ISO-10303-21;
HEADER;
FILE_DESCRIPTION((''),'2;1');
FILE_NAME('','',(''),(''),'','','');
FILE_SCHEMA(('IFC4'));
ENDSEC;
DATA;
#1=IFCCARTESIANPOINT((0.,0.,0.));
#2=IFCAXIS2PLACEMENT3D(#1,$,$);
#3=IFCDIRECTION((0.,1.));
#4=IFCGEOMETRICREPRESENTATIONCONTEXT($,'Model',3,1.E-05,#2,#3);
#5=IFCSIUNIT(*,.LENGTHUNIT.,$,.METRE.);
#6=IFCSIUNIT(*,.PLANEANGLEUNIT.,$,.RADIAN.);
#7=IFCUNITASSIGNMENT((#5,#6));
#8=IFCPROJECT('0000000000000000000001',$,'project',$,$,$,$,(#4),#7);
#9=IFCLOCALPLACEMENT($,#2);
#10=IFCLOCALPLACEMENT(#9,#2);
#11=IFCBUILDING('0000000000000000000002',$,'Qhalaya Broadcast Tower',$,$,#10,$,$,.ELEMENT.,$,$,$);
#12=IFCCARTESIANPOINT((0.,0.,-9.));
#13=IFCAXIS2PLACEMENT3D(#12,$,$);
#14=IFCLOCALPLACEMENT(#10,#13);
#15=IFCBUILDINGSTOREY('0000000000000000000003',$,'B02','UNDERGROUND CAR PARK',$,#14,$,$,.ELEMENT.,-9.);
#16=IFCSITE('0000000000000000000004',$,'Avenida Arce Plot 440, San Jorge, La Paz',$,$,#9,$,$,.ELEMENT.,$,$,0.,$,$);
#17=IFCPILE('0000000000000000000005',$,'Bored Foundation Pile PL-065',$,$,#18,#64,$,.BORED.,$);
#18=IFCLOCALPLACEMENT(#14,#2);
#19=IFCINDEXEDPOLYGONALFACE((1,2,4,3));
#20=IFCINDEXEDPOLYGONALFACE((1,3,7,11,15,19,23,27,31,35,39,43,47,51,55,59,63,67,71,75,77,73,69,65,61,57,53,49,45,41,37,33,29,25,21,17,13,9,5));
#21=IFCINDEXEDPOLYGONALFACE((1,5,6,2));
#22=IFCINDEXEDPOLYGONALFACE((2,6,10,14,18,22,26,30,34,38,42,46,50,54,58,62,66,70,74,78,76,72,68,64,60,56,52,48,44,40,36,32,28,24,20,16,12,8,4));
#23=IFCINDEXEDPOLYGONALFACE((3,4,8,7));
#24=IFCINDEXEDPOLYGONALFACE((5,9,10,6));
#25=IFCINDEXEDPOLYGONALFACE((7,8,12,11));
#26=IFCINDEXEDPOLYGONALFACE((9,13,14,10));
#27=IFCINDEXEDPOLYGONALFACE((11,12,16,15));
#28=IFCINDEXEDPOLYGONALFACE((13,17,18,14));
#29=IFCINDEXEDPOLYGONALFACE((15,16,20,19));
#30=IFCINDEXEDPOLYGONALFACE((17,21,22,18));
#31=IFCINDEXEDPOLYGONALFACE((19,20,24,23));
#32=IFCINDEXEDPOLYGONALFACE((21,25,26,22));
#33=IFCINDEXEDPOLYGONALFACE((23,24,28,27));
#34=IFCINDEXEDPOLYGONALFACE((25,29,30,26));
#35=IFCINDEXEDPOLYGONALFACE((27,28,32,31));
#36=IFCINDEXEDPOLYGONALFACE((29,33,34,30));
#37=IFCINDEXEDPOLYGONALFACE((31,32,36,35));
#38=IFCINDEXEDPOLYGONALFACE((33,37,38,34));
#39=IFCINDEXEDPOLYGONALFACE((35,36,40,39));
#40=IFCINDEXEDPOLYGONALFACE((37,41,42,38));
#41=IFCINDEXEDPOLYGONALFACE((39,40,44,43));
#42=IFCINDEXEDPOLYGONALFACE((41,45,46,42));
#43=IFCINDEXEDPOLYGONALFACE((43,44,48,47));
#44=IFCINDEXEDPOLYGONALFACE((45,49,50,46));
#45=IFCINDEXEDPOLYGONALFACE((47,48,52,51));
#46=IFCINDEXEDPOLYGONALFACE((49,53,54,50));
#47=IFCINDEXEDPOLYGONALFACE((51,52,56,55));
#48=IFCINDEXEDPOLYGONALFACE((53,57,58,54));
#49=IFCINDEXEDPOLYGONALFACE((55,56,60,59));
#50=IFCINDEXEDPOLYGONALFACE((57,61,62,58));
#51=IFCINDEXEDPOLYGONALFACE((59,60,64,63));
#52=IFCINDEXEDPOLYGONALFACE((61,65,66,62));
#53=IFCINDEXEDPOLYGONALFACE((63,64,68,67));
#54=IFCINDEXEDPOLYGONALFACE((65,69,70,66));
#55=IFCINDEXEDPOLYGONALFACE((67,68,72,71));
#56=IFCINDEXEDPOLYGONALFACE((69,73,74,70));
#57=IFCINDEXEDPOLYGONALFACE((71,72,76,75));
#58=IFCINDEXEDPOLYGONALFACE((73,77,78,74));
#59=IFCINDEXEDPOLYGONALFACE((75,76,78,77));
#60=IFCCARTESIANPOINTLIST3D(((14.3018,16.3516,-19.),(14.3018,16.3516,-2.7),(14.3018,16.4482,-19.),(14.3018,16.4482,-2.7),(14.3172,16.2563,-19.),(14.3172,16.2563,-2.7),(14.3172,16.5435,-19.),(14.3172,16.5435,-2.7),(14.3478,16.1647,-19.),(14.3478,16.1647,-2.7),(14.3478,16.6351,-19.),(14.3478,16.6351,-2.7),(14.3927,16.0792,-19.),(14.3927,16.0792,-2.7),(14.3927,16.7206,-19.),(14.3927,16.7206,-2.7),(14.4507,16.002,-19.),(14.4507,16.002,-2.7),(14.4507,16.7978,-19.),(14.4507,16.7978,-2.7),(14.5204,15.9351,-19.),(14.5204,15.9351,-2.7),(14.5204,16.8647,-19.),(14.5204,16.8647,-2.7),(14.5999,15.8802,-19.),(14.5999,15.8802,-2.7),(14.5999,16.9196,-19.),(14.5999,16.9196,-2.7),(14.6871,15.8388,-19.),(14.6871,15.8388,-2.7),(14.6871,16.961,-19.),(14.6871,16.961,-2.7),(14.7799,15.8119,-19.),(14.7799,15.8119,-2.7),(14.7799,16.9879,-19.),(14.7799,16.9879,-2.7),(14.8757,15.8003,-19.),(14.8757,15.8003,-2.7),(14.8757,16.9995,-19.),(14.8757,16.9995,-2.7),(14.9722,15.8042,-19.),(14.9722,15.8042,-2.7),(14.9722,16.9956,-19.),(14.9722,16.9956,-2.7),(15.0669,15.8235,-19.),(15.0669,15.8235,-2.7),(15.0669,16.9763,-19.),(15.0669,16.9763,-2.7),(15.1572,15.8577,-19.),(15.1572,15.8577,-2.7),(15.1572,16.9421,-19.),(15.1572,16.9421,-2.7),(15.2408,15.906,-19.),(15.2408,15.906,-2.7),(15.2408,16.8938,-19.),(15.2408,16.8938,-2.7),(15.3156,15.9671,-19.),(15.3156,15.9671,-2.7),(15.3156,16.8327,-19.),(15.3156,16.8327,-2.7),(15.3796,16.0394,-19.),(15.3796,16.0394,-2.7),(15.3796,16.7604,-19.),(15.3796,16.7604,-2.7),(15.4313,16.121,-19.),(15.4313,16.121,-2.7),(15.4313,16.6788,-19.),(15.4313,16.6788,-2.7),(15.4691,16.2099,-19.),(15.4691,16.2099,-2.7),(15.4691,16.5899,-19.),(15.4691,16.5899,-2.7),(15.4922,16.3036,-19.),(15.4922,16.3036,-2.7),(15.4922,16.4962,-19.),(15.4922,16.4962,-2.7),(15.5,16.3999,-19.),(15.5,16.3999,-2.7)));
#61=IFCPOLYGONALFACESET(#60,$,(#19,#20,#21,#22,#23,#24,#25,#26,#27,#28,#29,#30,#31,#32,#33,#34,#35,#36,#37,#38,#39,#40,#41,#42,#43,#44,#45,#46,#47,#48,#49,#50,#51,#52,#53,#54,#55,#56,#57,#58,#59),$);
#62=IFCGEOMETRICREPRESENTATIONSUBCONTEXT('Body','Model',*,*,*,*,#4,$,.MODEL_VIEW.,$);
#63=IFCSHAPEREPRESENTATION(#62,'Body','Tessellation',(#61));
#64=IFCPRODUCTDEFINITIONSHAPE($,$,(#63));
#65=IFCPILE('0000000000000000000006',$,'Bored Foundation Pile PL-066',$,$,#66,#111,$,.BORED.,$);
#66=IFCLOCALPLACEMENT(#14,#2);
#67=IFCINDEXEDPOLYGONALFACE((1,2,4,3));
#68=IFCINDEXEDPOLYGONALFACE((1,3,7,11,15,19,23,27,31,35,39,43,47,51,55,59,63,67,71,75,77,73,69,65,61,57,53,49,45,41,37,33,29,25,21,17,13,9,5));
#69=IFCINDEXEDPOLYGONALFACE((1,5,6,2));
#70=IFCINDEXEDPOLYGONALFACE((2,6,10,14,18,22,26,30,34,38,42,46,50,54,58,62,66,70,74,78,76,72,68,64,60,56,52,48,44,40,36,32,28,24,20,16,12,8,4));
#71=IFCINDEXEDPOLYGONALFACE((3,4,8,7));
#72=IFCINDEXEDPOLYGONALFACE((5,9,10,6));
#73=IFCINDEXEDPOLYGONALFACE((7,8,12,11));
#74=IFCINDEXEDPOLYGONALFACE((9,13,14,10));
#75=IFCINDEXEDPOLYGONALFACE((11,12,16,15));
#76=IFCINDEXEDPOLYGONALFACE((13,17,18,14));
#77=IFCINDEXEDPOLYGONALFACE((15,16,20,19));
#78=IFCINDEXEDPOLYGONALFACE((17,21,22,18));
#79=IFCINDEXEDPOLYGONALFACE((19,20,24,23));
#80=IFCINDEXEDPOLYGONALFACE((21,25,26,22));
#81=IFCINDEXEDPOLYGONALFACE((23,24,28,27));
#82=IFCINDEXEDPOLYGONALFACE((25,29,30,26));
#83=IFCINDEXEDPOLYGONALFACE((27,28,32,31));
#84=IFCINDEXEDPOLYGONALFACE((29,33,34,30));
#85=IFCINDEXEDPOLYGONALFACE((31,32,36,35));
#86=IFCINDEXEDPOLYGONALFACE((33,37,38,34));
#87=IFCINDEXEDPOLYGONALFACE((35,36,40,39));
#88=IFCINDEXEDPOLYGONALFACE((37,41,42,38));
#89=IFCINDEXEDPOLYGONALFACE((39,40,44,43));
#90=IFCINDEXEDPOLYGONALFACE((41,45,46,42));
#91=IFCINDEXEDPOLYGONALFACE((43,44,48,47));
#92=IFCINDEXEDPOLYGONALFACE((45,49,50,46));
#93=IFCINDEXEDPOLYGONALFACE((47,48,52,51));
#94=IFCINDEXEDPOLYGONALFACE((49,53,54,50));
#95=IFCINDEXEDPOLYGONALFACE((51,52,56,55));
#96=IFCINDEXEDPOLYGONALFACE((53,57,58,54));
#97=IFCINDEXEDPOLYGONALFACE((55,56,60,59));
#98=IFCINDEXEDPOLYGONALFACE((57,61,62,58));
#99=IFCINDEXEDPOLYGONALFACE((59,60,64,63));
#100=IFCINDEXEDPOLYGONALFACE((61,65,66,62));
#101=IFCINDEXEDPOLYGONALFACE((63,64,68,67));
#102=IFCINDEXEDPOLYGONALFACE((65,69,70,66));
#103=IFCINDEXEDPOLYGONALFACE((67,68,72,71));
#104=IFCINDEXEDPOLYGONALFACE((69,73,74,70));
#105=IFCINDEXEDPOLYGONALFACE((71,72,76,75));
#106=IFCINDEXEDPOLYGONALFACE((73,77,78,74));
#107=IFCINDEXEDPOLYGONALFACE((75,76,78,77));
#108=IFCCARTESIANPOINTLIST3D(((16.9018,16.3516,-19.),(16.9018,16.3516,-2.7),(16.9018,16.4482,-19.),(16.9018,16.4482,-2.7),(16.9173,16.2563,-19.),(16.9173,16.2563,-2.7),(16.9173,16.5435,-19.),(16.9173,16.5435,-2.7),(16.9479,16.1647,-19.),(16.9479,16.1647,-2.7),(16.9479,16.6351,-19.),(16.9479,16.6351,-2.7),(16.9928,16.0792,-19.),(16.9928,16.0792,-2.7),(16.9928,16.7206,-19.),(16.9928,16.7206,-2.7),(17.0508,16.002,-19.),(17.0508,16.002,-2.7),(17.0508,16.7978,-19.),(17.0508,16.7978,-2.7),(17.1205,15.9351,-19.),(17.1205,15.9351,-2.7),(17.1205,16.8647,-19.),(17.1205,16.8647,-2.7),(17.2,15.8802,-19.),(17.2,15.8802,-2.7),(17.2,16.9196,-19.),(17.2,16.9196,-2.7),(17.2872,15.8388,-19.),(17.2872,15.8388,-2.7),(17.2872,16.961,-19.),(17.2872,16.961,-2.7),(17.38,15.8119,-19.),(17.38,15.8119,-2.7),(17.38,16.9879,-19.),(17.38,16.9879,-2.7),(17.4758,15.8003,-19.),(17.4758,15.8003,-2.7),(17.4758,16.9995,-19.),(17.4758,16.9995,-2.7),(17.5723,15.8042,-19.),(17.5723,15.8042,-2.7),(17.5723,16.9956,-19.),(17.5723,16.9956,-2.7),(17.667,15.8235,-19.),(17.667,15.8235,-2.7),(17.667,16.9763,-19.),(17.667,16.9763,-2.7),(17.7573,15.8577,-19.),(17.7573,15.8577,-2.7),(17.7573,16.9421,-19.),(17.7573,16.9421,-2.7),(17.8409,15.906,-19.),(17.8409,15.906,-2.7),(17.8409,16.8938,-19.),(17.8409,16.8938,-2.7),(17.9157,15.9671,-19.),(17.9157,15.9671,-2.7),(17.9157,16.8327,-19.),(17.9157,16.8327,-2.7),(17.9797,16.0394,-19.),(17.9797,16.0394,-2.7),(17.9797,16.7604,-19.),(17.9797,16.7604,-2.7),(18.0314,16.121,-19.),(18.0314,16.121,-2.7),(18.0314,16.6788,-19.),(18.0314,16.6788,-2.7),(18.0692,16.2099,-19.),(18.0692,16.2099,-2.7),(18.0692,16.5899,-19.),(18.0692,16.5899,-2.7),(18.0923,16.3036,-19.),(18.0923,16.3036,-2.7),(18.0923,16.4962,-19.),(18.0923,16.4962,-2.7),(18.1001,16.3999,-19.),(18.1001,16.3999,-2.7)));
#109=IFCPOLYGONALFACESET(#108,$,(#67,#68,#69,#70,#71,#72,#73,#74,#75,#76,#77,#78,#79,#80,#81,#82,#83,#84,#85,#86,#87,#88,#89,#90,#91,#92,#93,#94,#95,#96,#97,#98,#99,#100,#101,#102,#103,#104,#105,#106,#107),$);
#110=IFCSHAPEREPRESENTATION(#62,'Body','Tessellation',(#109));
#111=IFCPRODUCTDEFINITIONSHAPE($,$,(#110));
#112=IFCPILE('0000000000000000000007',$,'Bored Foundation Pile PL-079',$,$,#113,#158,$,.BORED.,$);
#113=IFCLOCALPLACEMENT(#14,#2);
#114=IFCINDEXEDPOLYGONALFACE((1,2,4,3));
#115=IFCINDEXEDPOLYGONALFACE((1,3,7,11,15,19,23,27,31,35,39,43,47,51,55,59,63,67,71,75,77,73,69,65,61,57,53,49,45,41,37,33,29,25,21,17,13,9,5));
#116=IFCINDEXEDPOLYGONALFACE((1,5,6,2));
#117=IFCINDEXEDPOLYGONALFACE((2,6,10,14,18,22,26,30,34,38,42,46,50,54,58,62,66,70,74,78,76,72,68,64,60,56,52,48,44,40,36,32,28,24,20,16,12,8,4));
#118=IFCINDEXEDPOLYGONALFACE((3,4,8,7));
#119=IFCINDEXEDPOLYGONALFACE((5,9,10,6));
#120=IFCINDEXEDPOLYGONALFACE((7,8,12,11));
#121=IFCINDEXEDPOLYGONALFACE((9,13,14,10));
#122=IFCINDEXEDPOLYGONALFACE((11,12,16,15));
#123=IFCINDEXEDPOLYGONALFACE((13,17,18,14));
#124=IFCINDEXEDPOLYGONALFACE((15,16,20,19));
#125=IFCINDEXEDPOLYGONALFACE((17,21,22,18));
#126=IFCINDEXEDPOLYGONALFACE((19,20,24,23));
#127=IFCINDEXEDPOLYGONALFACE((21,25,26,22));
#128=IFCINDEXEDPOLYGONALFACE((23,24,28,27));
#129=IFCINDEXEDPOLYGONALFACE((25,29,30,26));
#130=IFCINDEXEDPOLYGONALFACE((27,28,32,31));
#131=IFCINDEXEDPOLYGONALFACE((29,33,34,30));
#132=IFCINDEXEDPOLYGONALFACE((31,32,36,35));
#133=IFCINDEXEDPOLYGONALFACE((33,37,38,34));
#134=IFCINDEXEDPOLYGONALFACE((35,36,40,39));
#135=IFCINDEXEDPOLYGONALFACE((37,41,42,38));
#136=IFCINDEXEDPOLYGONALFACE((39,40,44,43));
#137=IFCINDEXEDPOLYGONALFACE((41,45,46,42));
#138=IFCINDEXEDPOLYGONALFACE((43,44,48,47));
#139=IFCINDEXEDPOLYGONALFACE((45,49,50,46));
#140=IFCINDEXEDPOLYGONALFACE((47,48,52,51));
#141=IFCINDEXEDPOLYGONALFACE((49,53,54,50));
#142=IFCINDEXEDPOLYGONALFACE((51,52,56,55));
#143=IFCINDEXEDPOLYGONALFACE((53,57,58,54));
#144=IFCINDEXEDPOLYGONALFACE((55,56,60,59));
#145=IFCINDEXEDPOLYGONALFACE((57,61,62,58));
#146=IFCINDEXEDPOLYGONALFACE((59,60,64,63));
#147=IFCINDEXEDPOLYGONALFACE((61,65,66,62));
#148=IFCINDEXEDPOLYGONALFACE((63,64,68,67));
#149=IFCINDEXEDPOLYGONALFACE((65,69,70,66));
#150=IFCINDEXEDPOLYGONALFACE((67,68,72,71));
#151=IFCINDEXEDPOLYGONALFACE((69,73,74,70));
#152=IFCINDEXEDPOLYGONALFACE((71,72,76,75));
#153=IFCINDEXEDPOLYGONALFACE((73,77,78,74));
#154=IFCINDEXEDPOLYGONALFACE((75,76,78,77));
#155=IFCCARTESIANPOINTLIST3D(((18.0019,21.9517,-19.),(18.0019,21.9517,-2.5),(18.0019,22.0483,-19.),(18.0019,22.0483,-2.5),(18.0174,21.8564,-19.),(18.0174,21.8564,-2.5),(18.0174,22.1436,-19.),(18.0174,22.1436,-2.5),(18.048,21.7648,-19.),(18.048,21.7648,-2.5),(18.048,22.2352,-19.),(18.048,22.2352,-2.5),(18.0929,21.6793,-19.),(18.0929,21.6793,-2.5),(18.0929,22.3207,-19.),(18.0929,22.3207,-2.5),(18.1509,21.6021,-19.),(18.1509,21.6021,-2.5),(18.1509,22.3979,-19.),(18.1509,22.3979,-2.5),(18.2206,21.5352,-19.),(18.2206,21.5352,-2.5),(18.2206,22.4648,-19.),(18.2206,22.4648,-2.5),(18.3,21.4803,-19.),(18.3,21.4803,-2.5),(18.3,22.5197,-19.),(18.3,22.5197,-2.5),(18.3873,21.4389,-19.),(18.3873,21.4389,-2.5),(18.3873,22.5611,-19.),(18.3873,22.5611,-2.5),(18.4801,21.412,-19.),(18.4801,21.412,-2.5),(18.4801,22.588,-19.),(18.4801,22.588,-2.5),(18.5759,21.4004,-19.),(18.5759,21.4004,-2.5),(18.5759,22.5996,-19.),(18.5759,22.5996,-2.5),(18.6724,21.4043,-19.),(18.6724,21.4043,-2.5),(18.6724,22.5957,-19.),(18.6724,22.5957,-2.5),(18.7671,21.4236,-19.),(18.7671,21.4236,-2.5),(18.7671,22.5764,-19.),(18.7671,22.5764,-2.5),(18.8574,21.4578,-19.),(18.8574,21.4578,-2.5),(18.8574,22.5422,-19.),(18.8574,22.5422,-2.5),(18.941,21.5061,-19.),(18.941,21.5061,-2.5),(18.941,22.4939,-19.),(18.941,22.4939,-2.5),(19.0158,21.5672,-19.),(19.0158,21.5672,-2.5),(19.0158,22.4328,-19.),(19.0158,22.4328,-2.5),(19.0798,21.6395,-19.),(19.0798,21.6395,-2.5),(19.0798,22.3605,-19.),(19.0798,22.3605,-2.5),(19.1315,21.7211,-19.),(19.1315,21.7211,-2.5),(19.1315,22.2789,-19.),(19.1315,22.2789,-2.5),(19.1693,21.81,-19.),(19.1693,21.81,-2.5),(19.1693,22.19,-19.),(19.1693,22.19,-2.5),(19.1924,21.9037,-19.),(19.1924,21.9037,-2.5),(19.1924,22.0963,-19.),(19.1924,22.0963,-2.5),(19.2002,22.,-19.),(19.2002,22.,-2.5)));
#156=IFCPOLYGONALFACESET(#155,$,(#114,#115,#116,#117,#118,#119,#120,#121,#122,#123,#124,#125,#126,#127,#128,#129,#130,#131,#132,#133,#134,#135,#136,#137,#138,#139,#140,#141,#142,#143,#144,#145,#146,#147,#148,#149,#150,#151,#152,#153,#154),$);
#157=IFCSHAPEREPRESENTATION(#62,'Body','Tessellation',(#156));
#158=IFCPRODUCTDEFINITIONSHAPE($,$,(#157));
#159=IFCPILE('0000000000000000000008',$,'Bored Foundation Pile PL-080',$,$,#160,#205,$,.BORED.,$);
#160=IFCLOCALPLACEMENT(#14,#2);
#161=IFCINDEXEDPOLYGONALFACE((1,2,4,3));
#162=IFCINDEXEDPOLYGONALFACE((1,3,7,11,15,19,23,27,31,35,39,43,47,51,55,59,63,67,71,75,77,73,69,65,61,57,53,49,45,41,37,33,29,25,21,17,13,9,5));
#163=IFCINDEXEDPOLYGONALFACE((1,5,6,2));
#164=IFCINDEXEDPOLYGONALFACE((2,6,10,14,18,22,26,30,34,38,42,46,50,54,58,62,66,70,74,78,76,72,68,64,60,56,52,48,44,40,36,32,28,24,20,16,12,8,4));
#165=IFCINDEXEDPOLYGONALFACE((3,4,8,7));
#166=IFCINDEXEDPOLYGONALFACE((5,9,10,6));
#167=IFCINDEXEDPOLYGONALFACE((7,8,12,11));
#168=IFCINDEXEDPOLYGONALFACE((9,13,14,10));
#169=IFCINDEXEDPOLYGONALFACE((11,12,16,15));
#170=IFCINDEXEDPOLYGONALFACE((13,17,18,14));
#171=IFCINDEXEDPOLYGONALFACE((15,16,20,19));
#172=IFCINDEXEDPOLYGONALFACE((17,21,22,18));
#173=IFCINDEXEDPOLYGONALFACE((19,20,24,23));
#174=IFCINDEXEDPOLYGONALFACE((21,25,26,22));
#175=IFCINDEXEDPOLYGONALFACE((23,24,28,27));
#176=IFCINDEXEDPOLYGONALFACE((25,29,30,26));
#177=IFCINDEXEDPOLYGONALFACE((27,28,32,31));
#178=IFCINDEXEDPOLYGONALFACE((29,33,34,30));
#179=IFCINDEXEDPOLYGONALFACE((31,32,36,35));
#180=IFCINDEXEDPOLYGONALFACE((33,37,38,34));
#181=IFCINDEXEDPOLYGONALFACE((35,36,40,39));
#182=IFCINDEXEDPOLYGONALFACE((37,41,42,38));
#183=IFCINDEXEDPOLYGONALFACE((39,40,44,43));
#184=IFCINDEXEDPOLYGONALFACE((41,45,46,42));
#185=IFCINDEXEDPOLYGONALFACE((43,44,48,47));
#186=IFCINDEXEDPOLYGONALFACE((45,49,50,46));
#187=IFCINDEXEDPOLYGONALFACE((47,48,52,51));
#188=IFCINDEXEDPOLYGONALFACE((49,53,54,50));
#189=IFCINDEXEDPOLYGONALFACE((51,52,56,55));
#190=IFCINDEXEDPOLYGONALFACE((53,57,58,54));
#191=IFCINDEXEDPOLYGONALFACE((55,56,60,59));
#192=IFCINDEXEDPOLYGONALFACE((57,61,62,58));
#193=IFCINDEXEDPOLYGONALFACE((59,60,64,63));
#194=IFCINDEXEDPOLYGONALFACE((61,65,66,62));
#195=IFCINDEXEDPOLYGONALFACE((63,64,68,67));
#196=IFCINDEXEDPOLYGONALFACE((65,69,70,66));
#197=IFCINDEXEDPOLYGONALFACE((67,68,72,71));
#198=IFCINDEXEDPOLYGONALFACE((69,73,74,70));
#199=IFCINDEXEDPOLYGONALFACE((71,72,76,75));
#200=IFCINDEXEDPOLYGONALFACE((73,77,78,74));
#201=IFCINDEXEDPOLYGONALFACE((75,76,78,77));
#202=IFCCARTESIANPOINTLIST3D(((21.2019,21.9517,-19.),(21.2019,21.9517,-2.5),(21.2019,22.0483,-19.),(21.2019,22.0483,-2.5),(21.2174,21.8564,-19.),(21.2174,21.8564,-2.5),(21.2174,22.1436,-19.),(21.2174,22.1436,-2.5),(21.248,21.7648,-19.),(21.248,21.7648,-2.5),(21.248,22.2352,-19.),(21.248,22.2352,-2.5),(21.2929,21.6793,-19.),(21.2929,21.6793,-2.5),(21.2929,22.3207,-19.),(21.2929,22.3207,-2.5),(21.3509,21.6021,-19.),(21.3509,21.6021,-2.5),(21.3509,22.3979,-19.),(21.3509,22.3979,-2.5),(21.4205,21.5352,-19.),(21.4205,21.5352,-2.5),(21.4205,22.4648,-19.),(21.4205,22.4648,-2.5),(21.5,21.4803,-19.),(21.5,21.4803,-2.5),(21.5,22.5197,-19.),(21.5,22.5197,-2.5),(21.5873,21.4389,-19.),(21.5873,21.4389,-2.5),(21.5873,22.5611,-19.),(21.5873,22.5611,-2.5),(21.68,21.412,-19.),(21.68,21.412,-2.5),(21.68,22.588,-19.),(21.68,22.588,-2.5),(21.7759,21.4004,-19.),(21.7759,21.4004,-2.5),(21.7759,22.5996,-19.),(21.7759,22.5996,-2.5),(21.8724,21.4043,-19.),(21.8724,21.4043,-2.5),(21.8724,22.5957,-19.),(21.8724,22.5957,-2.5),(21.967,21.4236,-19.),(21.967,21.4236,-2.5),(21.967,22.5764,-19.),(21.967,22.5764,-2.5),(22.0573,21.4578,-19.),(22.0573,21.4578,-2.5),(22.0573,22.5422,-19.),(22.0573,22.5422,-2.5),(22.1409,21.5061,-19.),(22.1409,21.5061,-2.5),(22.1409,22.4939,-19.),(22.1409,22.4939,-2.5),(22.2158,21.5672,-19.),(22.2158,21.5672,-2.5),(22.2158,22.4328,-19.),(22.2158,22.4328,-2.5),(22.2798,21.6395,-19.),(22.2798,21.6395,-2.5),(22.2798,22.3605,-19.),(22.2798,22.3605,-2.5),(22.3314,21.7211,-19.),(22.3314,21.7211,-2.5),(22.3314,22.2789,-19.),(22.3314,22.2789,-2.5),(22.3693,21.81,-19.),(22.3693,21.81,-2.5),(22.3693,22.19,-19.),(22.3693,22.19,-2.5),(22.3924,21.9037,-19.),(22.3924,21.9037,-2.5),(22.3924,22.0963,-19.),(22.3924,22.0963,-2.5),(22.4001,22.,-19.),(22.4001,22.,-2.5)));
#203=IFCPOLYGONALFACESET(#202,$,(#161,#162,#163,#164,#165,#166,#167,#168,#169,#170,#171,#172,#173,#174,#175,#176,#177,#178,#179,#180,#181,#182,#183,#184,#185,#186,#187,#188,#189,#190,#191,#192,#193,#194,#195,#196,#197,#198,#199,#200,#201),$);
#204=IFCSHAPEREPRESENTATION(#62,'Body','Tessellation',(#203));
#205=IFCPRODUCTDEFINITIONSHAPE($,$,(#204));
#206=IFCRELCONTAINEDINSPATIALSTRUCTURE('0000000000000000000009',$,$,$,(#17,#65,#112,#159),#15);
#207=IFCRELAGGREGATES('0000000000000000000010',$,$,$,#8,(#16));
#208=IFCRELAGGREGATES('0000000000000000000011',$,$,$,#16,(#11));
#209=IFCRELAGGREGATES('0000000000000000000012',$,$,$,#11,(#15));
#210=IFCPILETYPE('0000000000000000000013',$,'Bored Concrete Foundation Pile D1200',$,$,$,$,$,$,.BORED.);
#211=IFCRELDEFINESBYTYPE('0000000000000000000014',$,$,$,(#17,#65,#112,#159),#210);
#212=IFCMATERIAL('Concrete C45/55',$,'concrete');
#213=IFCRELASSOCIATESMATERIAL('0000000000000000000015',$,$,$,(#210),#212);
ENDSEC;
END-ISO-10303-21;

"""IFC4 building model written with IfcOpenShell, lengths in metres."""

from ifc_helpers import new_model, si_unit, direction, frame, origin, origin_2d, place, context, subcontext, project, spatial, circle, extrude, material, material_profile, profile_set, type_object, element, save


model = new_model("IFC4")

# Units and contexts
model_context = context("Model", 3, precision=1e-05, world=origin(), true_north=direction((0.0, 1.0)))
body_context = subcontext(model_context, "Body", "Model", "MODEL_VIEW")
ifc_project = project(units=[si_unit("LENGTHUNIT", "METRE"), si_unit("PLANEANGLEUNIT", "RADIAN")], contexts=[model_context])

# Site, building, storey
site_placement = place(None, origin())
site = spatial("IfcSite", under=ifc_project, at=site_placement, Name="Avenida Arce Plot 440, San Jorge, La Paz", CompositionType="ELEMENT", RefElevation=0.0)
building_placement = place(site_placement, origin())
building = spatial("IfcBuilding", under=site, at=building_placement, Name="Qhalaya Broadcast Tower", CompositionType="ELEMENT")
storey_placement = place(building_placement, frame((0.0, 0.0, -9.0)))
storey = spatial("IfcBuildingStorey", under=building, at=storey_placement, Name="B02", Description="UNDERGROUND CAR PARK", CompositionType="ELEMENT", Elevation=-9.0)

# Piles
ifc_material_1 = material(Name="Concrete C45/55", Category="concrete")
ifc_material_profile_1 = material_profile(ifc_material_1, circle(Radius=0.6001, at=origin_2d()), Name="PILE D1200")
ifc_profile_set_1 = profile_set([ifc_material_profile_1], Name="Concrete C45/55")
pile_type = type_object("IfcPileType", Name="Bored Concrete Foundation Pile D1200", PredefinedType="BORED", material=ifc_profile_set_1)
for number, where, z_axis, x_axis, name in (
    (1, (14.8999, 16.3999, -2.7), (0.0, 0.0, -1.0), (1.0, 0.0, 0.0), "Bored Foundation Pile PL-065"),
    (2, (17.5, 16.3999, -2.7), (0.0, 0.0, -1.0), (1.0, 0.0, 0.0), "Bored Foundation Pile PL-066"),
):
    element("IfcPile", number, at=place(storey_placement, frame(where, z_axis=z_axis, x_axis=x_axis)), inside=storey, type_object=pile_type, Name=name, PredefinedType="BORED", context=body_context, shape_type="SweptSolid", body=[
        extrude(circle(Radius=0.6001, at=origin_2d()), origin(), (0.0, 0.0, 1.0), 16.3),
    ])
for number, where, z_axis, x_axis, name in (
    (3, (18.6001, 22.0, -2.5), (0.0, 0.0, -1.0), (1.0, 0.0, 0.0), "Bored Foundation Pile PL-079"),
    (4, (21.8, 22.0, -2.5), (0.0, 0.0, -1.0), (1.0, 0.0, 0.0), "Bored Foundation Pile PL-080"),
):
    element("IfcPile", number, at=place(storey_placement, frame(where, z_axis=z_axis, x_axis=x_axis)), inside=storey, type_object=pile_type, Name=name, PredefinedType="BORED", context=body_context, shape_type="SweptSolid", body=[
        extrude(circle(Radius=0.6001, at=origin_2d()), origin(), (0.0, 0.0, 1.0), 16.5),
    ])

save(model, "model.ifc")
